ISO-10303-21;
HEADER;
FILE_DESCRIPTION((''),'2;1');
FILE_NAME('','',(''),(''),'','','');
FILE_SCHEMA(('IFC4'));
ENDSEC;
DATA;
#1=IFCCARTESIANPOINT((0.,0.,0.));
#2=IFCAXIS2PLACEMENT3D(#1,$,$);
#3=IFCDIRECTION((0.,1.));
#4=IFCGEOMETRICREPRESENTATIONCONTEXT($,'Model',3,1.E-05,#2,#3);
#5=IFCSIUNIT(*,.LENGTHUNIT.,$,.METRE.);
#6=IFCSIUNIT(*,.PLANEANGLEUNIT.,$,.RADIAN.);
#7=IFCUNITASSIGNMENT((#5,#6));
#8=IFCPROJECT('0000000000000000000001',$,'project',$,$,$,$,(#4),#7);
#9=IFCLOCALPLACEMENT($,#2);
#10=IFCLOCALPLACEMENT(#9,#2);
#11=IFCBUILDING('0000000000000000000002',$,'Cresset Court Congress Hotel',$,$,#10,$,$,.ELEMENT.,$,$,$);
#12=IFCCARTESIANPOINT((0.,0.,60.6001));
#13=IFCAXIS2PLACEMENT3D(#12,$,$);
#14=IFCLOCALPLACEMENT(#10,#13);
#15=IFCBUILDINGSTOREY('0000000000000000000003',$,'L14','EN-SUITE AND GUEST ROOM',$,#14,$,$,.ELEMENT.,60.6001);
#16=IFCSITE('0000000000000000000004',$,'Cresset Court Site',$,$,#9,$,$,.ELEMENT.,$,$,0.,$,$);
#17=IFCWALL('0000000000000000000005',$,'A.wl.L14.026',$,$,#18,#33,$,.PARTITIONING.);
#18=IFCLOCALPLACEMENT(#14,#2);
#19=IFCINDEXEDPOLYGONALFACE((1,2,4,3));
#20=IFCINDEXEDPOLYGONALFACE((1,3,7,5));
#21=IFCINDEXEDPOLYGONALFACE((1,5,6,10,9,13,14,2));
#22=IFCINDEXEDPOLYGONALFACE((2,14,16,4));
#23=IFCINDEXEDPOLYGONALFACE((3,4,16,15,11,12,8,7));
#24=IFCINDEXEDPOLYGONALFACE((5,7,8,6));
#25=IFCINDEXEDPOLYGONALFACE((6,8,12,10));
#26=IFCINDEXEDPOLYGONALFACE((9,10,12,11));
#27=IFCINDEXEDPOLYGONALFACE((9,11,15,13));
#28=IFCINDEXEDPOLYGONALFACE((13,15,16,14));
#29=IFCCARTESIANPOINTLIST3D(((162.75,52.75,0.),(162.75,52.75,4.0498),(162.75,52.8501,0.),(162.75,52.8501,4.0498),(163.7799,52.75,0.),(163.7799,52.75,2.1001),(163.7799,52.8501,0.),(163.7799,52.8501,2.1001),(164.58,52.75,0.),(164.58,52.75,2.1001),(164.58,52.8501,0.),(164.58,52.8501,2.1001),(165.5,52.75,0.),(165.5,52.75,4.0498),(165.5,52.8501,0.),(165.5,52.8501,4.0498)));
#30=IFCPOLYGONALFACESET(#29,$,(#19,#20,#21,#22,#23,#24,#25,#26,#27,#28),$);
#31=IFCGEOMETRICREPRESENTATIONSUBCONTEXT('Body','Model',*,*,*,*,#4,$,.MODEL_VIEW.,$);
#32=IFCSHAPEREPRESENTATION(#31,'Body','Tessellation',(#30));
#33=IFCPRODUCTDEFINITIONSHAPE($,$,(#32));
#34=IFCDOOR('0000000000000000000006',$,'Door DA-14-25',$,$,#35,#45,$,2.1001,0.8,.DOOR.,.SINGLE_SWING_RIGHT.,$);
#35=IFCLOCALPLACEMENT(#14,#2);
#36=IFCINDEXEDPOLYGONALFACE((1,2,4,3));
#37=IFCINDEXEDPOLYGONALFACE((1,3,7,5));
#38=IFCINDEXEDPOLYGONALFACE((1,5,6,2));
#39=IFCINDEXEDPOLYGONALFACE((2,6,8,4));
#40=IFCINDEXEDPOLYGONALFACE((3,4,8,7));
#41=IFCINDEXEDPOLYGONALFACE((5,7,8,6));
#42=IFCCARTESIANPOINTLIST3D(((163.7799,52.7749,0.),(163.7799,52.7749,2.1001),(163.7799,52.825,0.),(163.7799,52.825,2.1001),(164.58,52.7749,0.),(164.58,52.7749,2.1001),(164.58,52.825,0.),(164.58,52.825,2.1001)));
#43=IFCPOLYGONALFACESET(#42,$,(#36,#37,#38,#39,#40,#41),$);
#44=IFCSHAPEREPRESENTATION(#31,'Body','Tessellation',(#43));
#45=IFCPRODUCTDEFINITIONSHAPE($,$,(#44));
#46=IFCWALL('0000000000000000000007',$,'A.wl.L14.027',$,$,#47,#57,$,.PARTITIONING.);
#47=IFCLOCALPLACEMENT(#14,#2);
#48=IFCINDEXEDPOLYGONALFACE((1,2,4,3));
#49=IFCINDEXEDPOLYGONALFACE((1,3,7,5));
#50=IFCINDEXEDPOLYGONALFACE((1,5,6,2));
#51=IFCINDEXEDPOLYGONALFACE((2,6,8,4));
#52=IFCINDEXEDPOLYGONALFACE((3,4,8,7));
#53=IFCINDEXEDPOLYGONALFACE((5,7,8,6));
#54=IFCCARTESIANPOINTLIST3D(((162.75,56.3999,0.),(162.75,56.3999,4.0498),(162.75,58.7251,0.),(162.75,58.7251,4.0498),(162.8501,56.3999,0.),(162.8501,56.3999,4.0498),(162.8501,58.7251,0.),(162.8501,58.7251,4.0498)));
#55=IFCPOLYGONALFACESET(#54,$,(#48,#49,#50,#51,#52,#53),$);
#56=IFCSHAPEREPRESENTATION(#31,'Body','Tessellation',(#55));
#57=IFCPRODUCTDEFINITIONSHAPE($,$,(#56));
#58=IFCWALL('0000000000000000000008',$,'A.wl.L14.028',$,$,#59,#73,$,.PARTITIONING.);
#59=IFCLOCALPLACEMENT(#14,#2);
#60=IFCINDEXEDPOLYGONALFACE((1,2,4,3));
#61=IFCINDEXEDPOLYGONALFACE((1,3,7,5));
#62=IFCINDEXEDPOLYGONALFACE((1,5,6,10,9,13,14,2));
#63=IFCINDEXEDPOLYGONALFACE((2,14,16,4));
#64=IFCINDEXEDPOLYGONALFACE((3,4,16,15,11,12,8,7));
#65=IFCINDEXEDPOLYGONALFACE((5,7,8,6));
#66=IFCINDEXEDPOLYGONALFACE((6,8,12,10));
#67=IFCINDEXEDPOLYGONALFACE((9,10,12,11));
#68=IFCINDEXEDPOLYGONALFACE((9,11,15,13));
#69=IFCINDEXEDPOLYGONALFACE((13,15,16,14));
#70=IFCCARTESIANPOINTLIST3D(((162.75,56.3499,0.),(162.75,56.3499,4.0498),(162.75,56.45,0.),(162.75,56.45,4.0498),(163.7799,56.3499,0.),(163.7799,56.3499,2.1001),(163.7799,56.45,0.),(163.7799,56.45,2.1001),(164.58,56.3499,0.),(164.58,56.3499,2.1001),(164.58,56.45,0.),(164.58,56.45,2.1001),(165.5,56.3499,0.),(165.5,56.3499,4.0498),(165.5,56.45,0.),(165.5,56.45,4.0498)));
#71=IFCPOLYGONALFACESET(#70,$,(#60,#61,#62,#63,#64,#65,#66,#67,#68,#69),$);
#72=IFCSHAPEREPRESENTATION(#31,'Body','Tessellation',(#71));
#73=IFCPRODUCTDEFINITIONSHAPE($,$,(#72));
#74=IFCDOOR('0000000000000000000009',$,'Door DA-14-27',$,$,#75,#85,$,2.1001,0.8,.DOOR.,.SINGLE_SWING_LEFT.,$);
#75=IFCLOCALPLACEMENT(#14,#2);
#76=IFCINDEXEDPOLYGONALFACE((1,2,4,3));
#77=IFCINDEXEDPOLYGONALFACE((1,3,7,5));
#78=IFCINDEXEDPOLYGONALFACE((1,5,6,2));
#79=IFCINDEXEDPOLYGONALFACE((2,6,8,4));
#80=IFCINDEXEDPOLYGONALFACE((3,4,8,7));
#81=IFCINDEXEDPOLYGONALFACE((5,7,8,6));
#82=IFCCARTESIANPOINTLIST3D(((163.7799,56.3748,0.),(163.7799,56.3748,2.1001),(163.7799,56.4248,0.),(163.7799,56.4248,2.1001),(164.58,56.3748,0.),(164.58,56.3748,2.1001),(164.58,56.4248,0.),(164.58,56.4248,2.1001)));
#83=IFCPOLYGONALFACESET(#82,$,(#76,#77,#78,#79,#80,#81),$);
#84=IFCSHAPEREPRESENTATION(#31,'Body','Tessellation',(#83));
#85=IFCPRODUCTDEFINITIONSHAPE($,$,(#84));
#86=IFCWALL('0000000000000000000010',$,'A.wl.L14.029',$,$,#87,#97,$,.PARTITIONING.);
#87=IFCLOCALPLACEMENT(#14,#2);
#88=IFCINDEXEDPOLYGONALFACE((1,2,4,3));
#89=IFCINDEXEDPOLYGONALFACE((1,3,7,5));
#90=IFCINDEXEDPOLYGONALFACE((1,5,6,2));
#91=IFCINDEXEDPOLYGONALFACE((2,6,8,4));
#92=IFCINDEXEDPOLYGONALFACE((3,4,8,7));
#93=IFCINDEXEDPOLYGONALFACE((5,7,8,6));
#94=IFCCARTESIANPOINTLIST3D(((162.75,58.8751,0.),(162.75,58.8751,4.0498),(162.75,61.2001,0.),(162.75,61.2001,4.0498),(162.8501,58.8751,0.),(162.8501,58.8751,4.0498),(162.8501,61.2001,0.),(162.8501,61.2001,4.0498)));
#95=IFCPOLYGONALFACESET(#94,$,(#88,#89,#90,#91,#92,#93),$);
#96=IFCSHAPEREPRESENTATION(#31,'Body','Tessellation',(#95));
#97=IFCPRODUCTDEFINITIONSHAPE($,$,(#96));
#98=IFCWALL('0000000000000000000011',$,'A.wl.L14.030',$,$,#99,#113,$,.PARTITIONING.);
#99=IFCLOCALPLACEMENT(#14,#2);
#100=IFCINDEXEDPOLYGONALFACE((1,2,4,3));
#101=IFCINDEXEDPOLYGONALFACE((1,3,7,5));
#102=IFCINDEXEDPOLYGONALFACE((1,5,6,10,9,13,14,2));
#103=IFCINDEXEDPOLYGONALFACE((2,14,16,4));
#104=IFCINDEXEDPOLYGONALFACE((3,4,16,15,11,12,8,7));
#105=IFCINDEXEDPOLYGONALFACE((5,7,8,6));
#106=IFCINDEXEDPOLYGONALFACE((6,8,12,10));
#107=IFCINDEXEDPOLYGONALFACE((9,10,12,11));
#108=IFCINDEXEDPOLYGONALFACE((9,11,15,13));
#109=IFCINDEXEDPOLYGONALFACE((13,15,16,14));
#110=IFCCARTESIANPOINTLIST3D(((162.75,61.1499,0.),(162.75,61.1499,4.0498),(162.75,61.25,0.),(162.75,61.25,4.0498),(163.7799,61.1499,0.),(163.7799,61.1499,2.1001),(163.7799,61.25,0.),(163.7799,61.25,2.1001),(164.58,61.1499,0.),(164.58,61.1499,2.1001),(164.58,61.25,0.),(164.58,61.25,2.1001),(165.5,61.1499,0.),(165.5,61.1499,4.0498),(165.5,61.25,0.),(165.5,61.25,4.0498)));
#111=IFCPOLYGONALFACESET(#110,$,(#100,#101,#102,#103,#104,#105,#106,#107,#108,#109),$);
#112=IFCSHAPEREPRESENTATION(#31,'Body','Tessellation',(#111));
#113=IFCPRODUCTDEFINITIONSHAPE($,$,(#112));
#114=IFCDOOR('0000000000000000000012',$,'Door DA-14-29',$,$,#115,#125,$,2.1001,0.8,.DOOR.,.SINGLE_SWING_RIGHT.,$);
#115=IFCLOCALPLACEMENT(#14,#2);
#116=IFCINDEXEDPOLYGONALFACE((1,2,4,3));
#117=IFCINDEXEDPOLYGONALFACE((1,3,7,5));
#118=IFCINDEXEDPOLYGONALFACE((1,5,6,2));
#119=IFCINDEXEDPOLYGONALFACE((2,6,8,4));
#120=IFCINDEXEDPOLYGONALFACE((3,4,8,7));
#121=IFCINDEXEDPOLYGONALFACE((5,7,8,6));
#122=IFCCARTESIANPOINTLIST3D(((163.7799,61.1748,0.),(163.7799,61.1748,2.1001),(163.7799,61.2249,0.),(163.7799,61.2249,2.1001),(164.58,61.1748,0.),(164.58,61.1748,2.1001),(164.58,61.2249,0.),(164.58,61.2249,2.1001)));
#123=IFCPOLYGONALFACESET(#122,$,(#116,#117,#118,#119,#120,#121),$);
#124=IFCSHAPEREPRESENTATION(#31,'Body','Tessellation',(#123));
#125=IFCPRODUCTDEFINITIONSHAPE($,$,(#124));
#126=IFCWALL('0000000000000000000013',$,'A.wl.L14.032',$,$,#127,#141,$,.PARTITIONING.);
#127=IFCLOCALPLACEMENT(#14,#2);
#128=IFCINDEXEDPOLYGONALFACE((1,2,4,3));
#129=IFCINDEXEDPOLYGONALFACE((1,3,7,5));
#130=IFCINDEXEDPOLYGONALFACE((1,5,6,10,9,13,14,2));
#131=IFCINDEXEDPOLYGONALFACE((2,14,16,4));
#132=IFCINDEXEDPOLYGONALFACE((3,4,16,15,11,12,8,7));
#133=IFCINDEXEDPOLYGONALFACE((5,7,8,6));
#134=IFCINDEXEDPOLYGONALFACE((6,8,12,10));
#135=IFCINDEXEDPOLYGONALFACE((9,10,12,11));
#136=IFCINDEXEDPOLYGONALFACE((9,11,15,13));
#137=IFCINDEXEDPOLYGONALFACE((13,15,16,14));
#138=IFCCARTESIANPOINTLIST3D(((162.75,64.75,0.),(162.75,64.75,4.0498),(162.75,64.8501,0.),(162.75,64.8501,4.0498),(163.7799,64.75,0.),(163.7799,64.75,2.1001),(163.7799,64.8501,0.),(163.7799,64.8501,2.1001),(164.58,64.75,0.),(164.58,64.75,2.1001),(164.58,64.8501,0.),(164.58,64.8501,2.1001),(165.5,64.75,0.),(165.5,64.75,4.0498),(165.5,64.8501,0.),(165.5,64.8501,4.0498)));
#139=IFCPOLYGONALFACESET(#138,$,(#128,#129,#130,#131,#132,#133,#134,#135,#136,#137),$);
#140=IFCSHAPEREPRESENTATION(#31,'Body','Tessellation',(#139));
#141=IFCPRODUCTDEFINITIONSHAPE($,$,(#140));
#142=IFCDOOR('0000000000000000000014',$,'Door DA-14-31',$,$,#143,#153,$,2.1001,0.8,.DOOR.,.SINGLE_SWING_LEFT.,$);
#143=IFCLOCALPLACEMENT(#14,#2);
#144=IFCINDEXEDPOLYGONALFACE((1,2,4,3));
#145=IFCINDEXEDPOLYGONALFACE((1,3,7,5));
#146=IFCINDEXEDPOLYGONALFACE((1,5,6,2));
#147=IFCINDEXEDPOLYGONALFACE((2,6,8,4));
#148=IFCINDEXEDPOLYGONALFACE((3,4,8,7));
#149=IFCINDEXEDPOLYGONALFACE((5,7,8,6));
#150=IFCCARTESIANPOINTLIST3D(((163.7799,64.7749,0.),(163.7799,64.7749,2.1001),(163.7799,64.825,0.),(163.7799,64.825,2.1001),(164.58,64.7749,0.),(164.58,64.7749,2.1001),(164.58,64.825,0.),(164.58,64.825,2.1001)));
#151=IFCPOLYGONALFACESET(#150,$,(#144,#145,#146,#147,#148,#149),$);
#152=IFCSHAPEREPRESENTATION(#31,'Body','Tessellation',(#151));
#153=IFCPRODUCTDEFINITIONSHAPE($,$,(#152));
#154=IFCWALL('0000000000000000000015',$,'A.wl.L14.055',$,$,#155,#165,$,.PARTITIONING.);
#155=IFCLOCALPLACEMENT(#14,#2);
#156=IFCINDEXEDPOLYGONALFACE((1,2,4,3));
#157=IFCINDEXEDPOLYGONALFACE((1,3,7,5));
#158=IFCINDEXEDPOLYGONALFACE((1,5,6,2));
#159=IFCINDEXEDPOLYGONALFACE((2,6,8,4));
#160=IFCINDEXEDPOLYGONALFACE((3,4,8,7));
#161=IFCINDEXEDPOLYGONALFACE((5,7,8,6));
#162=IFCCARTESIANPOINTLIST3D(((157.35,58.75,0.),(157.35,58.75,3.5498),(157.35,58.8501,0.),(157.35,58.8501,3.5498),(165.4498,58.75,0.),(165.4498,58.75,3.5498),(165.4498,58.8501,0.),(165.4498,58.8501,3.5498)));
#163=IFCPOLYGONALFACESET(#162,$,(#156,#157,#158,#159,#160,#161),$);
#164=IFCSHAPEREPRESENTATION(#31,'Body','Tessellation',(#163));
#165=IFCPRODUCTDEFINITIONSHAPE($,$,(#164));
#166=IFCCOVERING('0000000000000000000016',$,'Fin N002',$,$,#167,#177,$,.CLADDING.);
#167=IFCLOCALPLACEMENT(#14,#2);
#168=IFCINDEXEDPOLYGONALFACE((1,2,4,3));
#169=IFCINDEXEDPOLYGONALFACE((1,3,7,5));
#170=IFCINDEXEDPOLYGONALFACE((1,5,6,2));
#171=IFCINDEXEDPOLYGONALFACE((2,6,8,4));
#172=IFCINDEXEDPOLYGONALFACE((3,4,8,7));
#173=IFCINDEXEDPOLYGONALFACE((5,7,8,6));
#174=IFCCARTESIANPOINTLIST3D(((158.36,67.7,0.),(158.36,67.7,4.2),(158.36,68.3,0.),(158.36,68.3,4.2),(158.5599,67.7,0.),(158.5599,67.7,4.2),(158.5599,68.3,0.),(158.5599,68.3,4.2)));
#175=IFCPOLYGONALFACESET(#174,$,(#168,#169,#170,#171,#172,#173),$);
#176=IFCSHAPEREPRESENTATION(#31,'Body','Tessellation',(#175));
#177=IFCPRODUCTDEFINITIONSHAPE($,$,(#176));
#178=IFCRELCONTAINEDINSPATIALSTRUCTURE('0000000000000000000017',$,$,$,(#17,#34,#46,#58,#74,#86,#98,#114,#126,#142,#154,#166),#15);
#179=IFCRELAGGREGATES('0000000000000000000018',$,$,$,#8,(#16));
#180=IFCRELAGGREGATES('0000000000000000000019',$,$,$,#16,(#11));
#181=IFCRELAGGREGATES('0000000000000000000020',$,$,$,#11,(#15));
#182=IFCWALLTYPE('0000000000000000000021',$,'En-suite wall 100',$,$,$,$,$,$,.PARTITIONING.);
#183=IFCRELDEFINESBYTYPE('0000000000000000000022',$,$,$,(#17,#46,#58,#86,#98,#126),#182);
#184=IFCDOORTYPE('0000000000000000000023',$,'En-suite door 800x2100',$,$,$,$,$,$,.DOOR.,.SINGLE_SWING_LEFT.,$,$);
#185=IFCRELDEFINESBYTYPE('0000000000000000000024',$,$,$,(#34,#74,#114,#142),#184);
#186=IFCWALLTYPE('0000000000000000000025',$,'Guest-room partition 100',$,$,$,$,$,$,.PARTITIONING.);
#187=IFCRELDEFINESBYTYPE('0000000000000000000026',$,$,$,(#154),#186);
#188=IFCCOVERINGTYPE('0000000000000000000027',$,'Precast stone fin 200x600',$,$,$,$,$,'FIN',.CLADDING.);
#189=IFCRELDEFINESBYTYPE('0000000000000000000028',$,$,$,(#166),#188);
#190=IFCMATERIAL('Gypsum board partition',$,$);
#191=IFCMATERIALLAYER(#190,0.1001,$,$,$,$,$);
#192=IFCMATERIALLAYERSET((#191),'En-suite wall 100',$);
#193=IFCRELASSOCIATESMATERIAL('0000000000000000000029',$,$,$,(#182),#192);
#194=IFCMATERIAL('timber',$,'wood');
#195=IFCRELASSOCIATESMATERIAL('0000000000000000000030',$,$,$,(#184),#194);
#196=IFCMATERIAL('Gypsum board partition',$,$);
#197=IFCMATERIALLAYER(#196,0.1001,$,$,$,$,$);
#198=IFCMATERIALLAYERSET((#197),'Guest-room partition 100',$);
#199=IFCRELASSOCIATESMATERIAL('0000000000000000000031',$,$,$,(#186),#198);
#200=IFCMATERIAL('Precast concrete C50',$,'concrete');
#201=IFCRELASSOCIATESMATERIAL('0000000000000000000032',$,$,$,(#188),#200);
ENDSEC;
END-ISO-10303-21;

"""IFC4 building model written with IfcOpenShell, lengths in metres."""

from ifc_helpers import new_model, si_unit, direction, frame, frame_2d, origin, origin_2d, place, context, subcontext, project, spatial, rectangle, extrude, material, layer, layer_set, type_object, element, fill, save


model = new_model("IFC4")

# Units and contexts
model_context = context("Model", 3, precision=1e-05, world=origin(), true_north=direction((0.0, 1.0)))
body_context = subcontext(model_context, "Body", "Model", "MODEL_VIEW")
ifc_project = project(units=[si_unit("LENGTHUNIT", "METRE"), si_unit("PLANEANGLEUNIT", "RADIAN")], contexts=[model_context])

# Site, building, storey
site_placement = place(None, origin())
site = spatial("IfcSite", under=ifc_project, at=site_placement, Name="Cresset Court Site", CompositionType="ELEMENT", RefElevation=0.0)
building_placement = place(site_placement, origin())
building = spatial("IfcBuilding", under=site, at=building_placement, Name="Cresset Court Congress Hotel", CompositionType="ELEMENT")
storey_placement = place(building_placement, frame((0.0, 0.0, 60.6001)))
storey = spatial("IfcBuildingStorey", under=building, at=storey_placement, Name="L14", Description="EN-SUITE AND GUEST ROOM", CompositionType="ELEMENT", Elevation=60.6001)

# Wall, opening, door
ifc_material_1 = material(Name="Gypsum board partition")
ifc_layer_1 = layer(ifc_material_1, 0.1001)
ifc_layer_set_1 = layer_set([ifc_layer_1], Name="En-suite wall 100")
wall_type_1 = type_object("IfcWallType", Name="En-suite wall 100", PredefinedType="PARTITIONING", material=ifc_layer_set_1)
wall_1_placement = place(storey_placement, frame((162.75, 52.8, 0.0), z_axis=(0.0, 0.0, 1.0), x_axis=(1.0, 0.0, 0.0)))
wall_1 = element("IfcWall", 1, at=wall_1_placement, inside=storey, type_object=wall_type_1, Name="A.wl.L14.026", PredefinedType="PARTITIONING", context=body_context, shape_type="SweptSolid", body=[
    extrude(rectangle(XDim=2.75, YDim=0.1001, at=frame_2d((1.375, 0.0))), origin(), (0.0, 0.0, 1.0), 4.0498),
])
opening_1_placement = place(wall_1_placement, frame((1.03, 0.0, 0.0)))
opening_1 = element("IfcOpeningElement", 2, at=opening_1_placement, cuts=wall_1, PredefinedType="OPENING", context=body_context, shape_type="SweptSolid", body=[
    extrude(rectangle(XDim=0.8, YDim=2.1001, at=frame_2d((0.3999, 1.05))), frame((0.0, 0.0601, 0.0), z_axis=(0.0, -1.0, 0.0), x_axis=(1.0, 0.0, 0.0)), (0.0, 0.0, 1.0), 0.1201),
])
ifc_material_2 = material(Name="timber", Category="wood")
door_type = type_object("IfcDoorType", Name="En-suite door 800x2100", OperationType="SINGLE_SWING_LEFT", PredefinedType="DOOR", material=ifc_material_2)
door_1_placement = place(opening_1_placement, origin())
door_1 = element("IfcDoor", 3, at=door_1_placement, inside=storey, type_object=door_type, Name="Door DA-14-25", OperationType="SINGLE_SWING_RIGHT", OverallHeight=2.1001, OverallWidth=0.8, PredefinedType="DOOR", context=body_context, shape_type="SweptSolid", body=[
    extrude(rectangle(XDim=0.8, YDim=2.1001, at=frame_2d((0.3999, 1.05))), frame((0.0, 0.0249, 0.0), z_axis=(0.0, -1.0, 0.0), x_axis=(1.0, 0.0, 0.0)), (0.0, 0.0, 1.0), 0.05),
])
fill(opening_1, door_1)

# Wall
wall_2_placement = place(storey_placement, frame((162.8, 56.3999, 0.0), z_axis=(0.0, 0.0, 1.0), x_axis=(0.0, 1.0, 0.0)))
element("IfcWall", 4, at=wall_2_placement, inside=storey, type_object=wall_type_1, Name="A.wl.L14.027", PredefinedType="PARTITIONING", context=body_context, shape_type="SweptSolid", body=[
    extrude(rectangle(XDim=2.3252, YDim=0.1001, at=frame_2d((1.1626, 0.0))), origin(), (0.0, 0.0, 1.0), 4.0498),
])

# Wall, opening, door
wall_3_placement = place(storey_placement, frame((162.75, 56.3999, 0.0), z_axis=(0.0, 0.0, 1.0), x_axis=(1.0, 0.0, 0.0)))
wall_3 = element("IfcWall", 5, at=wall_3_placement, inside=storey, type_object=wall_type_1, Name="A.wl.L14.028", PredefinedType="PARTITIONING", context=body_context, shape_type="SweptSolid", body=[
    extrude(rectangle(XDim=2.75, YDim=0.1001, at=frame_2d((1.375, 0.0))), origin(), (0.0, 0.0, 1.0), 4.0498),
])
opening_2_placement = place(wall_3_placement, frame((1.03, 0.0, 0.0)))
opening_2 = element("IfcOpeningElement", 6, at=opening_2_placement, cuts=wall_3, PredefinedType="OPENING", context=body_context, shape_type="SweptSolid", body=[
    extrude(rectangle(XDim=0.8, YDim=2.1001, at=frame_2d((0.3999, 1.05))), frame((0.0, 0.0601, 0.0), z_axis=(0.0, -1.0, 0.0), x_axis=(1.0, 0.0, 0.0)), (0.0, 0.0, 1.0), 0.1201),
])
door_2_placement = place(opening_2_placement, origin())
door_2 = element("IfcDoor", 7, at=door_2_placement, inside=storey, type_object=door_type, Name="Door DA-14-27", OperationType="SINGLE_SWING_LEFT", OverallHeight=2.1001, OverallWidth=0.8, PredefinedType="DOOR", context=body_context, shape_type="SweptSolid", body=[
    extrude(rectangle(XDim=0.8, YDim=2.1001, at=frame_2d((0.3999, 1.05))), frame((0.0, 0.0249, 0.0), z_axis=(0.0, -1.0, 0.0), x_axis=(1.0, 0.0, 0.0)), (0.0, 0.0, 1.0), 0.05),
])
fill(opening_2, door_2)

# Wall
wall_4_placement = place(storey_placement, frame((162.8, 58.875, 0.0), z_axis=(0.0, 0.0, 1.0), x_axis=(0.0, 1.0, 0.0)))
element("IfcWall", 8, at=wall_4_placement, inside=storey, type_object=wall_type_1, Name="A.wl.L14.029", PredefinedType="PARTITIONING", context=body_context, shape_type="SweptSolid", body=[
    extrude(rectangle(XDim=2.325, YDim=0.1001, at=frame_2d((1.1626, 0.0))), origin(), (0.0, 0.0, 1.0), 4.0498),
])

# Wall, opening, door
wall_5_placement = place(storey_placement, frame((162.75, 61.2, 0.0), z_axis=(0.0, 0.0, 1.0), x_axis=(1.0, 0.0, 0.0)))
wall_5 = element("IfcWall", 9, at=wall_5_placement, inside=storey, type_object=wall_type_1, Name="A.wl.L14.030", PredefinedType="PARTITIONING", context=body_context, shape_type="SweptSolid", body=[
    extrude(rectangle(XDim=2.75, YDim=0.1001, at=frame_2d((1.375, 0.0))), origin(), (0.0, 0.0, 1.0), 4.0498),
])
opening_3_placement = place(wall_5_placement, frame((1.03, 0.0, 0.0)))
opening_3 = element("IfcOpeningElement", 10, at=opening_3_placement, cuts=wall_5, PredefinedType="OPENING", context=body_context, shape_type="SweptSolid", body=[
    extrude(rectangle(XDim=0.8, YDim=2.1001, at=frame_2d((0.3999, 1.05))), frame((0.0, 0.0601, 0.0), z_axis=(0.0, -1.0, 0.0), x_axis=(1.0, 0.0, 0.0)), (0.0, 0.0, 1.0), 0.1201),
])
door_3_placement = place(opening_3_placement, origin())
door_3 = element("IfcDoor", 11, at=door_3_placement, inside=storey, type_object=door_type, Name="Door DA-14-29", OperationType="SINGLE_SWING_RIGHT", OverallHeight=2.1001, OverallWidth=0.8, PredefinedType="DOOR", context=body_context, shape_type="SweptSolid", body=[
    extrude(rectangle(XDim=0.8, YDim=2.1001, at=frame_2d((0.3999, 1.05))), frame((0.0, 0.0249, 0.0), z_axis=(0.0, -1.0, 0.0), x_axis=(1.0, 0.0, 0.0)), (0.0, 0.0, 1.0), 0.05),
])
fill(opening_3, door_3)

# Wall, opening, door
wall_6_placement = place(storey_placement, frame((162.75, 64.8, 0.0), z_axis=(0.0, 0.0, 1.0), x_axis=(1.0, 0.0, 0.0)))
wall_6 = element("IfcWall", 12, at=wall_6_placement, inside=storey, type_object=wall_type_1, Name="A.wl.L14.032", PredefinedType="PARTITIONING", context=body_context, shape_type="SweptSolid", body=[
    extrude(rectangle(XDim=2.75, YDim=0.1001, at=frame_2d((1.375, 0.0))), origin(), (0.0, 0.0, 1.0), 4.0498),
])
opening_4_placement = place(wall_6_placement, frame((1.03, 0.0, 0.0)))
opening_4 = element("IfcOpeningElement", 13, at=opening_4_placement, cuts=wall_6, PredefinedType="OPENING", context=body_context, shape_type="SweptSolid", body=[
    extrude(rectangle(XDim=0.8, YDim=2.1001, at=frame_2d((0.3999, 1.05))), frame((0.0, 0.0601, 0.0), z_axis=(0.0, -1.0, 0.0), x_axis=(1.0, 0.0, 0.0)), (0.0, 0.0, 1.0), 0.1201),
])
door_4_placement = place(opening_4_placement, origin())
door_4 = element("IfcDoor", 14, at=door_4_placement, inside=storey, type_object=door_type, Name="Door DA-14-31", OperationType="SINGLE_SWING_LEFT", OverallHeight=2.1001, OverallWidth=0.8, PredefinedType="DOOR", context=body_context, shape_type="SweptSolid", body=[
    extrude(rectangle(XDim=0.8, YDim=2.1001, at=frame_2d((0.3999, 1.05))), frame((0.0, 0.0249, 0.0), z_axis=(0.0, -1.0, 0.0), x_axis=(1.0, 0.0, 0.0)), (0.0, 0.0, 1.0), 0.05),
])
fill(opening_4, door_4)

# Wall
ifc_material_3 = material(Name="Gypsum board partition")
ifc_layer_2 = layer(ifc_material_3, 0.1001)
ifc_layer_set_2 = layer_set([ifc_layer_2], Name="Guest-room partition 100")
wall_type_2 = type_object("IfcWallType", Name="Guest-room partition 100", PredefinedType="PARTITIONING", material=ifc_layer_set_2)
wall_7_placement = place(storey_placement, frame((157.3501, 58.8, 0.0), z_axis=(0.0, 0.0, 1.0), x_axis=(1.0, 0.0, 0.0)))
element("IfcWall", 15, at=wall_7_placement, inside=storey, type_object=wall_type_2, Name="A.wl.L14.055", PredefinedType="PARTITIONING", context=body_context, shape_type="SweptSolid", body=[
    extrude(rectangle(XDim=8.0999, YDim=0.1001, at=frame_2d((4.0498, 0.0))), origin(), (0.0, 0.0, 1.0), 3.5498),
])

# Covering
ifc_material_4 = material(Name="Precast concrete C50", Category="concrete")
covering_type = type_object("IfcCoveringType", Name="Precast stone fin 200x600", ElementType="FIN", PredefinedType="CLADDING", material=ifc_material_4)
for number, where, z_axis, x_axis, name in (
    (16, (158.46, 68.0, 0.0), (0.0, 0.0, 1.0), (1.0, 0.0, 0.0), "Fin N002"),
):
    element("IfcCovering", number, at=place(storey_placement, frame(where, z_axis=z_axis, x_axis=x_axis)), inside=storey, type_object=covering_type, Name=name, PredefinedType="CLADDING", context=body_context, shape_type="SweptSolid", body=[
        extrude(rectangle(XDim=0.2, YDim=0.6001, at=origin_2d()), origin(), (0.0, 0.0, 1.0), 4.2),
    ])

save(model, "model.ifc")
